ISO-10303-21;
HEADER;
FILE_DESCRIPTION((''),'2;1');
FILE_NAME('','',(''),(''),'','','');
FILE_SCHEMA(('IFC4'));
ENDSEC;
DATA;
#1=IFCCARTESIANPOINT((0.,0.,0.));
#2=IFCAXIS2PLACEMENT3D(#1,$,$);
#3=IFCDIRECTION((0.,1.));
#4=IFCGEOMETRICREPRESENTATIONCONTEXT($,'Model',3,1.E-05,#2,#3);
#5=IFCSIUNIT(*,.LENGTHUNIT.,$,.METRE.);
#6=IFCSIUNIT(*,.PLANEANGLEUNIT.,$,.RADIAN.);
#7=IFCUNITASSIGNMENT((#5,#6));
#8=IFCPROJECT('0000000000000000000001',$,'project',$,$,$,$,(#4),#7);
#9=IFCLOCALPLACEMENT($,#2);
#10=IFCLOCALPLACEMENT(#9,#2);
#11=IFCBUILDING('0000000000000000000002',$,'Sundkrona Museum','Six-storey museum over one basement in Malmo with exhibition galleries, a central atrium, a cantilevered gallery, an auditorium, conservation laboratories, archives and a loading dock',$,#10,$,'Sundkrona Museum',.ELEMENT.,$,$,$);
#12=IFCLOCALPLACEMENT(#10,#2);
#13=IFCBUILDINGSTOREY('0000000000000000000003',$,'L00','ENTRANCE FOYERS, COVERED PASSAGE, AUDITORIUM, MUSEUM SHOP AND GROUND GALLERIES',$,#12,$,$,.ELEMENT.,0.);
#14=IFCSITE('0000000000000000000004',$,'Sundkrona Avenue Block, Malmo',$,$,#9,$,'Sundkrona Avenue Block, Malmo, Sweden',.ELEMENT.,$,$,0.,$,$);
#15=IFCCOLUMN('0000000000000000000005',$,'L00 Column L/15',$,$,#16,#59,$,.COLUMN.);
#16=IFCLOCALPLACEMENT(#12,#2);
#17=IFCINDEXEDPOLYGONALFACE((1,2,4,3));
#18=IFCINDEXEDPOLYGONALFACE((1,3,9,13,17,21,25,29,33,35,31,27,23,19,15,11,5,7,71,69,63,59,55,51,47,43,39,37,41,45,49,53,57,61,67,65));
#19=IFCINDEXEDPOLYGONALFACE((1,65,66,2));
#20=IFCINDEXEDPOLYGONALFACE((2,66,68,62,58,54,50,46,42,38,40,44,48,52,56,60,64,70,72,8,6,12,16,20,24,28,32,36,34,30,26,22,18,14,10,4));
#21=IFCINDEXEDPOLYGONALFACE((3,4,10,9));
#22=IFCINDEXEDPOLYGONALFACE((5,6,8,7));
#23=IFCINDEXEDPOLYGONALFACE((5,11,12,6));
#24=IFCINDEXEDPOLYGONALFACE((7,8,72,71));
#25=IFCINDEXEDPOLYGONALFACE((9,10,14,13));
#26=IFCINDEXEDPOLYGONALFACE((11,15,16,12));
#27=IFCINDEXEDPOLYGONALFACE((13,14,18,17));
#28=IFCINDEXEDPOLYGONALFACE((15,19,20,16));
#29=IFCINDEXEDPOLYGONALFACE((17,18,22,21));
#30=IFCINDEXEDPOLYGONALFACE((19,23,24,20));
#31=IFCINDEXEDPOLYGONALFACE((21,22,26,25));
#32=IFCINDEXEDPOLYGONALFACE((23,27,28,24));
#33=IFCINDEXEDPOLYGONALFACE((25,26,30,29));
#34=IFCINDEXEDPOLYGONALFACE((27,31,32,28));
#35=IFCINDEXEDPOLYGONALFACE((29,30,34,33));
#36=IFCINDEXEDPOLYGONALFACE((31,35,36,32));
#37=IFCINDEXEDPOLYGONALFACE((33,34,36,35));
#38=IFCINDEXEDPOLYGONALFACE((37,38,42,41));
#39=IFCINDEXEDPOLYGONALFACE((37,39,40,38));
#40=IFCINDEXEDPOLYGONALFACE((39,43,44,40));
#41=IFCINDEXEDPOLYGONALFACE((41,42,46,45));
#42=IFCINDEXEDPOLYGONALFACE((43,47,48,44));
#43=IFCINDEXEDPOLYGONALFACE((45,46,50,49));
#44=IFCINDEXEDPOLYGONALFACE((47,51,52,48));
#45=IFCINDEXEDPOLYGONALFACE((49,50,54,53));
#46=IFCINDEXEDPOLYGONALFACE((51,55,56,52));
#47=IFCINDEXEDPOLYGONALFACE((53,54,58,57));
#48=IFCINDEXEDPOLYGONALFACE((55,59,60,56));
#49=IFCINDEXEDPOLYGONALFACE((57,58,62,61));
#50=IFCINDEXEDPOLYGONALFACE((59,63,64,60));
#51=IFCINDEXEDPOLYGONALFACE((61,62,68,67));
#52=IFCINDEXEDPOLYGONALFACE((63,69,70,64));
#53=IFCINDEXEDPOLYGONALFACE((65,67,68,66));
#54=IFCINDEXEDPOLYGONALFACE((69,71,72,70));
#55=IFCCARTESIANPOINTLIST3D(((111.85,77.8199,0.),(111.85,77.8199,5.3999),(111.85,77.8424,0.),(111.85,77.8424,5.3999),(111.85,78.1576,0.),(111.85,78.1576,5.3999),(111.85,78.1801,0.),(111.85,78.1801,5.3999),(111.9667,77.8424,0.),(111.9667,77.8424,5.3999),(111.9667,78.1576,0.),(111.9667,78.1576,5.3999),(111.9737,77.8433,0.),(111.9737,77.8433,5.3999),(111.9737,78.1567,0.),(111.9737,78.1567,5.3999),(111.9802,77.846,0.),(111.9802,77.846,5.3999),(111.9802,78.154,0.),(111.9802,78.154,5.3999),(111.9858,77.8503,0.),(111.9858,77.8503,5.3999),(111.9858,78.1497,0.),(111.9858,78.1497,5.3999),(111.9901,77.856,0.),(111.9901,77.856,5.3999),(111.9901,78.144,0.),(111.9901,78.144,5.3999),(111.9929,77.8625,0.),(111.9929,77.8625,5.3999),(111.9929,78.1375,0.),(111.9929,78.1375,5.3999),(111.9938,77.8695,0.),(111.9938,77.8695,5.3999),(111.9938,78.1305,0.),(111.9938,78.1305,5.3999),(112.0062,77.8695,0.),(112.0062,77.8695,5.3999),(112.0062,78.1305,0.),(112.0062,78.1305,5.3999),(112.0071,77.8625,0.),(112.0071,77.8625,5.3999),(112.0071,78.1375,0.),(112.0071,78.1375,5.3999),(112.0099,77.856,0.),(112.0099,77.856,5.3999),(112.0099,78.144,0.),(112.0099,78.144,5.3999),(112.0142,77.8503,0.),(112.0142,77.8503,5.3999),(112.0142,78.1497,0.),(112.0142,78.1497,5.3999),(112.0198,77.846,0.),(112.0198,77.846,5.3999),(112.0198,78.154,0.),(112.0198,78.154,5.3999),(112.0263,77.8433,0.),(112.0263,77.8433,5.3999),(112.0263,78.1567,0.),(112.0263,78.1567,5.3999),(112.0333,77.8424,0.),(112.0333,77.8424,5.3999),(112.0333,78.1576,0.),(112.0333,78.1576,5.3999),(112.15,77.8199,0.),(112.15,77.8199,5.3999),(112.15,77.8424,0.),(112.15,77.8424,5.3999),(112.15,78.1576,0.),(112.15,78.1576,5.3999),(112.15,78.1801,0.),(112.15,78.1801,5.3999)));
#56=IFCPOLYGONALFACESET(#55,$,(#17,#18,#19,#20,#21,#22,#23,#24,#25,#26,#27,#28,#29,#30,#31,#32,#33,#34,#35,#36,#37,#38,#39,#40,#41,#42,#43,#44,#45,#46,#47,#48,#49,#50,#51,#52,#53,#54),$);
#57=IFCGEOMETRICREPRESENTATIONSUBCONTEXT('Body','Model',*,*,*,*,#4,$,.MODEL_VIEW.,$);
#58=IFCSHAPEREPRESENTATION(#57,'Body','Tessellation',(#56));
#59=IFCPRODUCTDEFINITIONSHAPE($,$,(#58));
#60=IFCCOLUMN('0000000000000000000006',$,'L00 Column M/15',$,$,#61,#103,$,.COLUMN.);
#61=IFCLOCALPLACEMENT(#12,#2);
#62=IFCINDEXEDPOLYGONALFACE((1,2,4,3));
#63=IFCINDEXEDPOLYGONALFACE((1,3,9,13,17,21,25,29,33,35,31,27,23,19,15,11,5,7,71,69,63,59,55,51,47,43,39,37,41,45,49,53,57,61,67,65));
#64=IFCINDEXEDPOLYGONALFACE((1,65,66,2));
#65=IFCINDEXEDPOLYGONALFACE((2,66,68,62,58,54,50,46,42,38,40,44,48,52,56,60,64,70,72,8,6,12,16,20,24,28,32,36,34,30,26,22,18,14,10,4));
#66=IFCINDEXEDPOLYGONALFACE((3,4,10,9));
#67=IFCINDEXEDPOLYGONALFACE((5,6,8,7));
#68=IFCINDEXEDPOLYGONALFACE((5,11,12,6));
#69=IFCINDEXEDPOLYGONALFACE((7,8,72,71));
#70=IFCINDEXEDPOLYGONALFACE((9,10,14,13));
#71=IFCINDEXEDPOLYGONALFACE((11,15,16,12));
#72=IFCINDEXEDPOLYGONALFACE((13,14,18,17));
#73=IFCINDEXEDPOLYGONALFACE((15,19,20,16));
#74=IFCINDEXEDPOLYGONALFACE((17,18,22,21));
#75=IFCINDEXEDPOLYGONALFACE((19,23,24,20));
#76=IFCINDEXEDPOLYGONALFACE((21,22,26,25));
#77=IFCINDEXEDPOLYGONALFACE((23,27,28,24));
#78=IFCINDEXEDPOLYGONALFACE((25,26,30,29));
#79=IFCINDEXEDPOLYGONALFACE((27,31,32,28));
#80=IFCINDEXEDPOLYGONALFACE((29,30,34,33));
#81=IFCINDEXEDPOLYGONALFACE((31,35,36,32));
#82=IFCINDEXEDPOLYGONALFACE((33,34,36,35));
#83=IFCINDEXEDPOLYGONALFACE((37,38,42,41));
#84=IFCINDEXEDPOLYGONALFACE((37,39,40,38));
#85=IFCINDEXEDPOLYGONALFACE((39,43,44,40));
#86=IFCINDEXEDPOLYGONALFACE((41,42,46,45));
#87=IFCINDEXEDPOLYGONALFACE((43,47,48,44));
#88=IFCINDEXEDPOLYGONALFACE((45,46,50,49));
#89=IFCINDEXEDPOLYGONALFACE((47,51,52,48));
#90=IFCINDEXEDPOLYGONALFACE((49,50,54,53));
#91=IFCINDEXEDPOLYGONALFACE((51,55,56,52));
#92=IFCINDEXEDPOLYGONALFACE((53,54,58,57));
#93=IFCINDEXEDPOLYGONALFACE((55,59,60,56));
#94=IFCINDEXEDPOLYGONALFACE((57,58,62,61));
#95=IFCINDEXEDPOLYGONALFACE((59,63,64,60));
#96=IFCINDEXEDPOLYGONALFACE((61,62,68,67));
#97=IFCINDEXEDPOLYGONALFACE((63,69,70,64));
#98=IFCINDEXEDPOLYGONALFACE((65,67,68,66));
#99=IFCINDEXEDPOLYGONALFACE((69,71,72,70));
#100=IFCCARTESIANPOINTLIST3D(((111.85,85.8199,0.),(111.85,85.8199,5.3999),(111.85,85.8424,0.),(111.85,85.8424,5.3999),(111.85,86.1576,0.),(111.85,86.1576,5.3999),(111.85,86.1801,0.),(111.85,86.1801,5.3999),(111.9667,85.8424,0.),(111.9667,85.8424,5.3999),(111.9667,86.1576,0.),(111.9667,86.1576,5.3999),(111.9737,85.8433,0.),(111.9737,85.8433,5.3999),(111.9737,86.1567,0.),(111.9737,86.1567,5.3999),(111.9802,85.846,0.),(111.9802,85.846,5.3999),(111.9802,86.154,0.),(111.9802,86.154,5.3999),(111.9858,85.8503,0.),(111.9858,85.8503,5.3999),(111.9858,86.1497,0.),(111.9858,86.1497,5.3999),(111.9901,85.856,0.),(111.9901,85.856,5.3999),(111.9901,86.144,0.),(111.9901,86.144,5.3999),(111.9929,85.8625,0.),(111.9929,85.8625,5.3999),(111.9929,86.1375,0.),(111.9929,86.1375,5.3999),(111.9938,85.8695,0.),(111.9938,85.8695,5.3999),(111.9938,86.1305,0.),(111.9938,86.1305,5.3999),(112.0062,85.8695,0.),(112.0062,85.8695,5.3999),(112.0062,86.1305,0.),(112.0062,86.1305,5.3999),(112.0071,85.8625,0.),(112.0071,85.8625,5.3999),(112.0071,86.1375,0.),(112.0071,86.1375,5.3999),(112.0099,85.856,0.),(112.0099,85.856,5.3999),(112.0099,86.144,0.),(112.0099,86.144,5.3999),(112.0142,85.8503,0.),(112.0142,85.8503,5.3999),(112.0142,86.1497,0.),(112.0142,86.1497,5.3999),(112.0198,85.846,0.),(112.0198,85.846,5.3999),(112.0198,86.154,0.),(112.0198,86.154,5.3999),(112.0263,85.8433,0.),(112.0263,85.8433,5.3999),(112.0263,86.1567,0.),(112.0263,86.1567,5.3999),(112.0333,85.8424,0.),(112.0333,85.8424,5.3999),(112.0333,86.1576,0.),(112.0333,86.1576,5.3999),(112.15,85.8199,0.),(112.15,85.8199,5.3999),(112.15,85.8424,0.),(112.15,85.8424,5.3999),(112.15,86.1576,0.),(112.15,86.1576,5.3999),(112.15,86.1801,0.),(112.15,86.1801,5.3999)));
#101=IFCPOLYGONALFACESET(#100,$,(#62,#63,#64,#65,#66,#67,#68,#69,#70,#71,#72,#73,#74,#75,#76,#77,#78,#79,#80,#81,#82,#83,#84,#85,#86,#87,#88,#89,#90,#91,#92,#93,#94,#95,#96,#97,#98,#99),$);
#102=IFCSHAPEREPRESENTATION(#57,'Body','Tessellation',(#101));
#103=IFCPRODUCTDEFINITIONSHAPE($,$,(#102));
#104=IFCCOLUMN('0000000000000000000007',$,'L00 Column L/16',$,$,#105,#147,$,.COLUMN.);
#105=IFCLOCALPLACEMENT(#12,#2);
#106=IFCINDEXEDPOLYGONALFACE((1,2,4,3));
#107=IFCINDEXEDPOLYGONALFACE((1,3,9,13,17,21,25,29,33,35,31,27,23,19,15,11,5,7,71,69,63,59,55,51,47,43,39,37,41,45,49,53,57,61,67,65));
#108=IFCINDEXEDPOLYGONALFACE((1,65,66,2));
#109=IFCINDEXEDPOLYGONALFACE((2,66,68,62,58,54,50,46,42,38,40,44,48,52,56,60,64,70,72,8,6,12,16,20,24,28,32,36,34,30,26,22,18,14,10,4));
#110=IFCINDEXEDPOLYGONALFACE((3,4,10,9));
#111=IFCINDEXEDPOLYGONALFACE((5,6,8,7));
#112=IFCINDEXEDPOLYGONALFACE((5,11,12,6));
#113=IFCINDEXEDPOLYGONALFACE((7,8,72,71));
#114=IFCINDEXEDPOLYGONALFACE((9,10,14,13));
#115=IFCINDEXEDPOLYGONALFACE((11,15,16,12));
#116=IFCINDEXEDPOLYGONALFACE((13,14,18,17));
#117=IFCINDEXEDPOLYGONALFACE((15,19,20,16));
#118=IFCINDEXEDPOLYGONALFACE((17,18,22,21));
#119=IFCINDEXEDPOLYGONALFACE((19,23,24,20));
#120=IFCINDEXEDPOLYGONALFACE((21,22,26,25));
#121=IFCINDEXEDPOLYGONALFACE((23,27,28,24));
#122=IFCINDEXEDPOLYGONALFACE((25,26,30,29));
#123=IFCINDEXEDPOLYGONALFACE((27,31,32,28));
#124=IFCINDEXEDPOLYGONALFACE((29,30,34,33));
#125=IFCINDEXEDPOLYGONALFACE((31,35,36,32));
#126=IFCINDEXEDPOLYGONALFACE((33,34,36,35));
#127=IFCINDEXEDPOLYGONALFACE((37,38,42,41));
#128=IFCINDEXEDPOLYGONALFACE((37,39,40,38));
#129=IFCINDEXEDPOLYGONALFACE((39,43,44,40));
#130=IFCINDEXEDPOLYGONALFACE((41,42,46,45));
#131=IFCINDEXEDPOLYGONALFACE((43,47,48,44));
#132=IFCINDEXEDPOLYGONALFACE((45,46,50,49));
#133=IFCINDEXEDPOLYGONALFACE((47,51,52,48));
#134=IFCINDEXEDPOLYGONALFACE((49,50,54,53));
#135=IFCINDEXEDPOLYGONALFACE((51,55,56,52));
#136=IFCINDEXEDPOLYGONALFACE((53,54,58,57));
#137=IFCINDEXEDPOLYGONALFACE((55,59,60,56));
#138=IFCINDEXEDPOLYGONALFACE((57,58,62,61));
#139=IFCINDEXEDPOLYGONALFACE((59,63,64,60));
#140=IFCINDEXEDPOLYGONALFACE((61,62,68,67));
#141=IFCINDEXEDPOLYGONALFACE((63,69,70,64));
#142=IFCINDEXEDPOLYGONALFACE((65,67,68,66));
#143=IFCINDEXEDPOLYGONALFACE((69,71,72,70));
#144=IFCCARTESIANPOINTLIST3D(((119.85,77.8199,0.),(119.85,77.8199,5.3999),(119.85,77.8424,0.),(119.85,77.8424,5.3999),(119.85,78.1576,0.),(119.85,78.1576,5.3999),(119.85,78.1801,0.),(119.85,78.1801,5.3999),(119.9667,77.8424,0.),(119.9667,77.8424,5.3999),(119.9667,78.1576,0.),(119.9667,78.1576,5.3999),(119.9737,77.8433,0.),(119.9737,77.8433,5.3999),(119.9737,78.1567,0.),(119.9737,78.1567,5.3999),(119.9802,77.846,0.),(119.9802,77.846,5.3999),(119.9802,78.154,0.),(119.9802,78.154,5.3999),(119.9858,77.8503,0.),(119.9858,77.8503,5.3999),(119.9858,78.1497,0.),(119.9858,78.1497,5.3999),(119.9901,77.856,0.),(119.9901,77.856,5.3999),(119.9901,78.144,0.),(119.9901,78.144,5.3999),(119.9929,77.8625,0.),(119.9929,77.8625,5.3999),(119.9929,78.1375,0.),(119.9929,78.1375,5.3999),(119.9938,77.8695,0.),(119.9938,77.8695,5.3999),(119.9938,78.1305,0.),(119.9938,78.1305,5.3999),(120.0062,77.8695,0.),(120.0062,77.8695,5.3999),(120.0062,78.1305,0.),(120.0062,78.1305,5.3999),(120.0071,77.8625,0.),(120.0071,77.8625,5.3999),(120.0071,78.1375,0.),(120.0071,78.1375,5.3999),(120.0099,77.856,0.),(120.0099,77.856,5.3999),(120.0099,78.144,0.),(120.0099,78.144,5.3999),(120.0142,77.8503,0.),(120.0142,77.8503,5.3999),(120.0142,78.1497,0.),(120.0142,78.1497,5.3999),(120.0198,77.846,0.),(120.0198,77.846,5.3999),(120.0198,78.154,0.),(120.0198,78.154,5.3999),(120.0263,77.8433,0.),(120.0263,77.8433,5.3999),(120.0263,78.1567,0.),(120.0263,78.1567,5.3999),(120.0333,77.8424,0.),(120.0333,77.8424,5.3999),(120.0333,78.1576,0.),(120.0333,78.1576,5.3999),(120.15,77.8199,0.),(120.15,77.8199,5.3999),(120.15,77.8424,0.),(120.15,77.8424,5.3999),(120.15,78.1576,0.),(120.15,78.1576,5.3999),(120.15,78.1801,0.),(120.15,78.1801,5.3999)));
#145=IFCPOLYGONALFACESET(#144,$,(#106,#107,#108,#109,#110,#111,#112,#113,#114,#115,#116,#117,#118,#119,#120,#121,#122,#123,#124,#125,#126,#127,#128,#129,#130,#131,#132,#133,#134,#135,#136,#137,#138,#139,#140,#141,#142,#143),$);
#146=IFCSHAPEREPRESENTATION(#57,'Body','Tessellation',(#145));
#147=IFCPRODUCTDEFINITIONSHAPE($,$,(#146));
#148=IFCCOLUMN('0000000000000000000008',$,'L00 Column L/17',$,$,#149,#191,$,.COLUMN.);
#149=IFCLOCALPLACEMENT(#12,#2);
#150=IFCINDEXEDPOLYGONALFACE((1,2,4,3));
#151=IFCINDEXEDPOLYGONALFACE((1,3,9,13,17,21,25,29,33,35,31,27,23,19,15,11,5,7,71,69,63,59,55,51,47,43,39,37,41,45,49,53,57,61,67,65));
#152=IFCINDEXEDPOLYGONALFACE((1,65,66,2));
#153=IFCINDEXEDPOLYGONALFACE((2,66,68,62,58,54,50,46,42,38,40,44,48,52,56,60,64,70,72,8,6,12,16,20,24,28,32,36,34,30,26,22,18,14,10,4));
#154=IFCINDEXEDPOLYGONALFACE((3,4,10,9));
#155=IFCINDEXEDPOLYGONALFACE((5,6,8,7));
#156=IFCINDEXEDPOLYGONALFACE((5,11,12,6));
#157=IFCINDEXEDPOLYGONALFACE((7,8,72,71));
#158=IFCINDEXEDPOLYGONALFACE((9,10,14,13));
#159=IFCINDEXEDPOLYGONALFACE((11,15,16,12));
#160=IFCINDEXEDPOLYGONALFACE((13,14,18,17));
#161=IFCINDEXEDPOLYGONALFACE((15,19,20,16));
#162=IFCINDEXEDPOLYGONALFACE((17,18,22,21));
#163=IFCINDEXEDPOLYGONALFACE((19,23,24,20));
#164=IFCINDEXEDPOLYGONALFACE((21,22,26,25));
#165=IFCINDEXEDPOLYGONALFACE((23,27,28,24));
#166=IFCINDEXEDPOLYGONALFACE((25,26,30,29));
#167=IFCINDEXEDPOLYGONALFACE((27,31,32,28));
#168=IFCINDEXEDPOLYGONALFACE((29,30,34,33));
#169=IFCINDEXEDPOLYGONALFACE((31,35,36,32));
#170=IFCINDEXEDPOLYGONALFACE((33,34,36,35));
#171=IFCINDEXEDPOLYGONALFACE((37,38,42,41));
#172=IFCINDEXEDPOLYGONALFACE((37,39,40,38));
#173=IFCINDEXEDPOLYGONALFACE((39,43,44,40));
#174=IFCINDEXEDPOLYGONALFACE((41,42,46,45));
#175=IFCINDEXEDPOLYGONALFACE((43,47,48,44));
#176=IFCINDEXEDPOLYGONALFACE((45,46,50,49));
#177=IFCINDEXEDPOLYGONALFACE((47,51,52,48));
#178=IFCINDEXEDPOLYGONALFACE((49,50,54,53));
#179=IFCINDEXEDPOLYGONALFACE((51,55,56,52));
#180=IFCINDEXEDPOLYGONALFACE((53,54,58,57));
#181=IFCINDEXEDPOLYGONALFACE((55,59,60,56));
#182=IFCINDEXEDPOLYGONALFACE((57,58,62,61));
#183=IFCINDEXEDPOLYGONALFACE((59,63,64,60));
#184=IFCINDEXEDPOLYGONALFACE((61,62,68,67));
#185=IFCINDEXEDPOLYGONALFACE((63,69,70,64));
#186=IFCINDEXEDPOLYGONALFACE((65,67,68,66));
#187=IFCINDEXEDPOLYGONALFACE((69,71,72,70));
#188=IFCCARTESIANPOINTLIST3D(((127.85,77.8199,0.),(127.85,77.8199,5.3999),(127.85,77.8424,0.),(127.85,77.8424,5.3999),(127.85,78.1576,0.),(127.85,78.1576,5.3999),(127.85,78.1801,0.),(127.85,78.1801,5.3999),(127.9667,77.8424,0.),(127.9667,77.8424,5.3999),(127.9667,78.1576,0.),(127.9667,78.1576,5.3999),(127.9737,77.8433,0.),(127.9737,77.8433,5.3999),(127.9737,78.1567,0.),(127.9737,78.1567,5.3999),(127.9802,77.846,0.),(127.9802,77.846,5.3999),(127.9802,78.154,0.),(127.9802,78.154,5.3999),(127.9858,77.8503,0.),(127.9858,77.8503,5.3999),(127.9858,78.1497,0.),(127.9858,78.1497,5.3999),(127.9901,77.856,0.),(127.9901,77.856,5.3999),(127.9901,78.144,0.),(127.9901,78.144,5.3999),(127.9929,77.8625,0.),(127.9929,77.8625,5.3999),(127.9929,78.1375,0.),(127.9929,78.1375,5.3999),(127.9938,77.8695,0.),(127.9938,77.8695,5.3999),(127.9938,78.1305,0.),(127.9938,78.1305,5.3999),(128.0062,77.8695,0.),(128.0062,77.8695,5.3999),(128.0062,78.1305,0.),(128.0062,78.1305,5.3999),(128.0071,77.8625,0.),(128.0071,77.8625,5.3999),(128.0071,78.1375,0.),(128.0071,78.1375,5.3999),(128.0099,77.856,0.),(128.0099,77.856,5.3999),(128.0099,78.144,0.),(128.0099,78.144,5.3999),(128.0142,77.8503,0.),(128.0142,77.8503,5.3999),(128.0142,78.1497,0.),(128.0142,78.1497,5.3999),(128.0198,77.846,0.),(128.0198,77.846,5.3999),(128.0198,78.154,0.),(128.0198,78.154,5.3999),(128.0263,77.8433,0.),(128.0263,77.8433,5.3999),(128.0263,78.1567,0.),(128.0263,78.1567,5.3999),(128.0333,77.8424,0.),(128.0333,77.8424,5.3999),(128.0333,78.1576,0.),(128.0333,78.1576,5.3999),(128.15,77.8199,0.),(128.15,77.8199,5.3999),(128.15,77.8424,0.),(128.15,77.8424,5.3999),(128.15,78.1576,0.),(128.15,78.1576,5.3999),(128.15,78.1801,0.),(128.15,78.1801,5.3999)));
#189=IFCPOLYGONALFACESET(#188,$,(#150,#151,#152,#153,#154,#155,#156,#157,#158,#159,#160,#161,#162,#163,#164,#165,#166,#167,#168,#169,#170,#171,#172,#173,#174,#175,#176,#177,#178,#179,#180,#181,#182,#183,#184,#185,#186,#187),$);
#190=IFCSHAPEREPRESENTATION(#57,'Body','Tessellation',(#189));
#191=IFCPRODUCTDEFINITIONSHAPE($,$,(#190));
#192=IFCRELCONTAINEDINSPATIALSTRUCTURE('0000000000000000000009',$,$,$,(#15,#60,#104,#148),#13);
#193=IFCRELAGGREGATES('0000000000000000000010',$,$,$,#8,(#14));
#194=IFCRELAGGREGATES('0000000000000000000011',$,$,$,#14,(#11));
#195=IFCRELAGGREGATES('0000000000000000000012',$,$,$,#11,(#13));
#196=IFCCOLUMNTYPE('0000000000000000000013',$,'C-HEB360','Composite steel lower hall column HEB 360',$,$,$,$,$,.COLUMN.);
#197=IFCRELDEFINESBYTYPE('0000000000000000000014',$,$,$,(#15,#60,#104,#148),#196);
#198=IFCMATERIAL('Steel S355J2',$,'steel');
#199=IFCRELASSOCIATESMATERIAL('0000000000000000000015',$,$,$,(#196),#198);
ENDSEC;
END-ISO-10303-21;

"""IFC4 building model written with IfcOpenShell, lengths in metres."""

from ifc_helpers import new_model, si_unit, direction, frame, origin, origin_2d, place, context, subcontext, project, spatial, i_section, extrude, material, material_profile, profile_set, type_object, element, save


model = new_model("IFC4")

# Units and contexts
model_context = context("Model", 3, precision=1e-05, world=origin(), true_north=direction((0.0, 1.0)))
body_context = subcontext(model_context, "Body", "Model", "MODEL_VIEW")
ifc_project = project(units=[si_unit("LENGTHUNIT", "METRE"), si_unit("PLANEANGLEUNIT", "RADIAN")], contexts=[model_context])

# Site, building, storey
site_placement = place(None, origin())
site = spatial("IfcSite", under=ifc_project, at=site_placement, Name="Sundkrona Avenue Block, Malmo", LongName="Sundkrona Avenue Block, Malmo, Sweden", CompositionType="ELEMENT", RefElevation=0.0)
building_placement = place(site_placement, origin())
building = spatial("IfcBuilding", under=site, at=building_placement, Name="Sundkrona Museum", Description="Six-storey museum over one basement in Malmo with exhibition galleries, a central atrium, a cantilevered gallery, an auditorium, conservation laboratories, archives and a loading dock", LongName="Sundkrona Museum", CompositionType="ELEMENT")
storey_placement = place(building_placement, origin())
storey = spatial("IfcBuildingStorey", under=building, at=storey_placement, Name="L00", Description="ENTRANCE FOYERS, COVERED PASSAGE, AUDITORIUM, MUSEUM SHOP AND GROUND GALLERIES", CompositionType="ELEMENT", Elevation=0.0)

# Columns
ifc_material_1 = material(Name="Steel S355J2", Category="steel")
ifc_material_profile_1 = material_profile(ifc_material_1, i_section(OverallWidth=0.3, OverallDepth=0.3601, WebThickness=0.0125, FlangeThickness=0.0225, FilletRadius=0.0271, at=origin_2d()), Name="HEB 360")
ifc_profile_set_1 = profile_set([ifc_material_profile_1], Name="Steel S355J2")
column_type = type_object("IfcColumnType", Name="C-HEB360", Description="Composite steel lower hall column HEB 360", PredefinedType="COLUMN", material=ifc_profile_set_1)
for number, where, z_axis, x_axis, name in (
    (1, (112.0, 78.0, 0.0), (0.0, 0.0, 1.0), (1.0, 0.0, 0.0), "L00 Column L/15"),
    (2, (112.0, 86.0, 0.0), (0.0, 0.0, 1.0), (1.0, 0.0, 0.0), "L00 Column M/15"),
    (3, (120.0, 78.0, 0.0), (0.0, 0.0, 1.0), (1.0, 0.0, 0.0), "L00 Column L/16"),
    (4, (128.0, 78.0, 0.0), (0.0, 0.0, 1.0), (1.0, 0.0, 0.0), "L00 Column L/17"),
):
    element("IfcColumn", number, at=place(storey_placement, frame(where, z_axis=z_axis, x_axis=x_axis)), inside=storey, type_object=column_type, Name=name, PredefinedType="COLUMN", context=body_context, shape_type="SweptSolid", body=[
        extrude(i_section(OverallWidth=0.3, OverallDepth=0.3601, WebThickness=0.0125, FlangeThickness=0.0225, FilletRadius=0.0271, at=origin_2d()), origin(), (0.0, 0.0, 1.0), 5.3999),
    ])

save(model, "model.ifc")
